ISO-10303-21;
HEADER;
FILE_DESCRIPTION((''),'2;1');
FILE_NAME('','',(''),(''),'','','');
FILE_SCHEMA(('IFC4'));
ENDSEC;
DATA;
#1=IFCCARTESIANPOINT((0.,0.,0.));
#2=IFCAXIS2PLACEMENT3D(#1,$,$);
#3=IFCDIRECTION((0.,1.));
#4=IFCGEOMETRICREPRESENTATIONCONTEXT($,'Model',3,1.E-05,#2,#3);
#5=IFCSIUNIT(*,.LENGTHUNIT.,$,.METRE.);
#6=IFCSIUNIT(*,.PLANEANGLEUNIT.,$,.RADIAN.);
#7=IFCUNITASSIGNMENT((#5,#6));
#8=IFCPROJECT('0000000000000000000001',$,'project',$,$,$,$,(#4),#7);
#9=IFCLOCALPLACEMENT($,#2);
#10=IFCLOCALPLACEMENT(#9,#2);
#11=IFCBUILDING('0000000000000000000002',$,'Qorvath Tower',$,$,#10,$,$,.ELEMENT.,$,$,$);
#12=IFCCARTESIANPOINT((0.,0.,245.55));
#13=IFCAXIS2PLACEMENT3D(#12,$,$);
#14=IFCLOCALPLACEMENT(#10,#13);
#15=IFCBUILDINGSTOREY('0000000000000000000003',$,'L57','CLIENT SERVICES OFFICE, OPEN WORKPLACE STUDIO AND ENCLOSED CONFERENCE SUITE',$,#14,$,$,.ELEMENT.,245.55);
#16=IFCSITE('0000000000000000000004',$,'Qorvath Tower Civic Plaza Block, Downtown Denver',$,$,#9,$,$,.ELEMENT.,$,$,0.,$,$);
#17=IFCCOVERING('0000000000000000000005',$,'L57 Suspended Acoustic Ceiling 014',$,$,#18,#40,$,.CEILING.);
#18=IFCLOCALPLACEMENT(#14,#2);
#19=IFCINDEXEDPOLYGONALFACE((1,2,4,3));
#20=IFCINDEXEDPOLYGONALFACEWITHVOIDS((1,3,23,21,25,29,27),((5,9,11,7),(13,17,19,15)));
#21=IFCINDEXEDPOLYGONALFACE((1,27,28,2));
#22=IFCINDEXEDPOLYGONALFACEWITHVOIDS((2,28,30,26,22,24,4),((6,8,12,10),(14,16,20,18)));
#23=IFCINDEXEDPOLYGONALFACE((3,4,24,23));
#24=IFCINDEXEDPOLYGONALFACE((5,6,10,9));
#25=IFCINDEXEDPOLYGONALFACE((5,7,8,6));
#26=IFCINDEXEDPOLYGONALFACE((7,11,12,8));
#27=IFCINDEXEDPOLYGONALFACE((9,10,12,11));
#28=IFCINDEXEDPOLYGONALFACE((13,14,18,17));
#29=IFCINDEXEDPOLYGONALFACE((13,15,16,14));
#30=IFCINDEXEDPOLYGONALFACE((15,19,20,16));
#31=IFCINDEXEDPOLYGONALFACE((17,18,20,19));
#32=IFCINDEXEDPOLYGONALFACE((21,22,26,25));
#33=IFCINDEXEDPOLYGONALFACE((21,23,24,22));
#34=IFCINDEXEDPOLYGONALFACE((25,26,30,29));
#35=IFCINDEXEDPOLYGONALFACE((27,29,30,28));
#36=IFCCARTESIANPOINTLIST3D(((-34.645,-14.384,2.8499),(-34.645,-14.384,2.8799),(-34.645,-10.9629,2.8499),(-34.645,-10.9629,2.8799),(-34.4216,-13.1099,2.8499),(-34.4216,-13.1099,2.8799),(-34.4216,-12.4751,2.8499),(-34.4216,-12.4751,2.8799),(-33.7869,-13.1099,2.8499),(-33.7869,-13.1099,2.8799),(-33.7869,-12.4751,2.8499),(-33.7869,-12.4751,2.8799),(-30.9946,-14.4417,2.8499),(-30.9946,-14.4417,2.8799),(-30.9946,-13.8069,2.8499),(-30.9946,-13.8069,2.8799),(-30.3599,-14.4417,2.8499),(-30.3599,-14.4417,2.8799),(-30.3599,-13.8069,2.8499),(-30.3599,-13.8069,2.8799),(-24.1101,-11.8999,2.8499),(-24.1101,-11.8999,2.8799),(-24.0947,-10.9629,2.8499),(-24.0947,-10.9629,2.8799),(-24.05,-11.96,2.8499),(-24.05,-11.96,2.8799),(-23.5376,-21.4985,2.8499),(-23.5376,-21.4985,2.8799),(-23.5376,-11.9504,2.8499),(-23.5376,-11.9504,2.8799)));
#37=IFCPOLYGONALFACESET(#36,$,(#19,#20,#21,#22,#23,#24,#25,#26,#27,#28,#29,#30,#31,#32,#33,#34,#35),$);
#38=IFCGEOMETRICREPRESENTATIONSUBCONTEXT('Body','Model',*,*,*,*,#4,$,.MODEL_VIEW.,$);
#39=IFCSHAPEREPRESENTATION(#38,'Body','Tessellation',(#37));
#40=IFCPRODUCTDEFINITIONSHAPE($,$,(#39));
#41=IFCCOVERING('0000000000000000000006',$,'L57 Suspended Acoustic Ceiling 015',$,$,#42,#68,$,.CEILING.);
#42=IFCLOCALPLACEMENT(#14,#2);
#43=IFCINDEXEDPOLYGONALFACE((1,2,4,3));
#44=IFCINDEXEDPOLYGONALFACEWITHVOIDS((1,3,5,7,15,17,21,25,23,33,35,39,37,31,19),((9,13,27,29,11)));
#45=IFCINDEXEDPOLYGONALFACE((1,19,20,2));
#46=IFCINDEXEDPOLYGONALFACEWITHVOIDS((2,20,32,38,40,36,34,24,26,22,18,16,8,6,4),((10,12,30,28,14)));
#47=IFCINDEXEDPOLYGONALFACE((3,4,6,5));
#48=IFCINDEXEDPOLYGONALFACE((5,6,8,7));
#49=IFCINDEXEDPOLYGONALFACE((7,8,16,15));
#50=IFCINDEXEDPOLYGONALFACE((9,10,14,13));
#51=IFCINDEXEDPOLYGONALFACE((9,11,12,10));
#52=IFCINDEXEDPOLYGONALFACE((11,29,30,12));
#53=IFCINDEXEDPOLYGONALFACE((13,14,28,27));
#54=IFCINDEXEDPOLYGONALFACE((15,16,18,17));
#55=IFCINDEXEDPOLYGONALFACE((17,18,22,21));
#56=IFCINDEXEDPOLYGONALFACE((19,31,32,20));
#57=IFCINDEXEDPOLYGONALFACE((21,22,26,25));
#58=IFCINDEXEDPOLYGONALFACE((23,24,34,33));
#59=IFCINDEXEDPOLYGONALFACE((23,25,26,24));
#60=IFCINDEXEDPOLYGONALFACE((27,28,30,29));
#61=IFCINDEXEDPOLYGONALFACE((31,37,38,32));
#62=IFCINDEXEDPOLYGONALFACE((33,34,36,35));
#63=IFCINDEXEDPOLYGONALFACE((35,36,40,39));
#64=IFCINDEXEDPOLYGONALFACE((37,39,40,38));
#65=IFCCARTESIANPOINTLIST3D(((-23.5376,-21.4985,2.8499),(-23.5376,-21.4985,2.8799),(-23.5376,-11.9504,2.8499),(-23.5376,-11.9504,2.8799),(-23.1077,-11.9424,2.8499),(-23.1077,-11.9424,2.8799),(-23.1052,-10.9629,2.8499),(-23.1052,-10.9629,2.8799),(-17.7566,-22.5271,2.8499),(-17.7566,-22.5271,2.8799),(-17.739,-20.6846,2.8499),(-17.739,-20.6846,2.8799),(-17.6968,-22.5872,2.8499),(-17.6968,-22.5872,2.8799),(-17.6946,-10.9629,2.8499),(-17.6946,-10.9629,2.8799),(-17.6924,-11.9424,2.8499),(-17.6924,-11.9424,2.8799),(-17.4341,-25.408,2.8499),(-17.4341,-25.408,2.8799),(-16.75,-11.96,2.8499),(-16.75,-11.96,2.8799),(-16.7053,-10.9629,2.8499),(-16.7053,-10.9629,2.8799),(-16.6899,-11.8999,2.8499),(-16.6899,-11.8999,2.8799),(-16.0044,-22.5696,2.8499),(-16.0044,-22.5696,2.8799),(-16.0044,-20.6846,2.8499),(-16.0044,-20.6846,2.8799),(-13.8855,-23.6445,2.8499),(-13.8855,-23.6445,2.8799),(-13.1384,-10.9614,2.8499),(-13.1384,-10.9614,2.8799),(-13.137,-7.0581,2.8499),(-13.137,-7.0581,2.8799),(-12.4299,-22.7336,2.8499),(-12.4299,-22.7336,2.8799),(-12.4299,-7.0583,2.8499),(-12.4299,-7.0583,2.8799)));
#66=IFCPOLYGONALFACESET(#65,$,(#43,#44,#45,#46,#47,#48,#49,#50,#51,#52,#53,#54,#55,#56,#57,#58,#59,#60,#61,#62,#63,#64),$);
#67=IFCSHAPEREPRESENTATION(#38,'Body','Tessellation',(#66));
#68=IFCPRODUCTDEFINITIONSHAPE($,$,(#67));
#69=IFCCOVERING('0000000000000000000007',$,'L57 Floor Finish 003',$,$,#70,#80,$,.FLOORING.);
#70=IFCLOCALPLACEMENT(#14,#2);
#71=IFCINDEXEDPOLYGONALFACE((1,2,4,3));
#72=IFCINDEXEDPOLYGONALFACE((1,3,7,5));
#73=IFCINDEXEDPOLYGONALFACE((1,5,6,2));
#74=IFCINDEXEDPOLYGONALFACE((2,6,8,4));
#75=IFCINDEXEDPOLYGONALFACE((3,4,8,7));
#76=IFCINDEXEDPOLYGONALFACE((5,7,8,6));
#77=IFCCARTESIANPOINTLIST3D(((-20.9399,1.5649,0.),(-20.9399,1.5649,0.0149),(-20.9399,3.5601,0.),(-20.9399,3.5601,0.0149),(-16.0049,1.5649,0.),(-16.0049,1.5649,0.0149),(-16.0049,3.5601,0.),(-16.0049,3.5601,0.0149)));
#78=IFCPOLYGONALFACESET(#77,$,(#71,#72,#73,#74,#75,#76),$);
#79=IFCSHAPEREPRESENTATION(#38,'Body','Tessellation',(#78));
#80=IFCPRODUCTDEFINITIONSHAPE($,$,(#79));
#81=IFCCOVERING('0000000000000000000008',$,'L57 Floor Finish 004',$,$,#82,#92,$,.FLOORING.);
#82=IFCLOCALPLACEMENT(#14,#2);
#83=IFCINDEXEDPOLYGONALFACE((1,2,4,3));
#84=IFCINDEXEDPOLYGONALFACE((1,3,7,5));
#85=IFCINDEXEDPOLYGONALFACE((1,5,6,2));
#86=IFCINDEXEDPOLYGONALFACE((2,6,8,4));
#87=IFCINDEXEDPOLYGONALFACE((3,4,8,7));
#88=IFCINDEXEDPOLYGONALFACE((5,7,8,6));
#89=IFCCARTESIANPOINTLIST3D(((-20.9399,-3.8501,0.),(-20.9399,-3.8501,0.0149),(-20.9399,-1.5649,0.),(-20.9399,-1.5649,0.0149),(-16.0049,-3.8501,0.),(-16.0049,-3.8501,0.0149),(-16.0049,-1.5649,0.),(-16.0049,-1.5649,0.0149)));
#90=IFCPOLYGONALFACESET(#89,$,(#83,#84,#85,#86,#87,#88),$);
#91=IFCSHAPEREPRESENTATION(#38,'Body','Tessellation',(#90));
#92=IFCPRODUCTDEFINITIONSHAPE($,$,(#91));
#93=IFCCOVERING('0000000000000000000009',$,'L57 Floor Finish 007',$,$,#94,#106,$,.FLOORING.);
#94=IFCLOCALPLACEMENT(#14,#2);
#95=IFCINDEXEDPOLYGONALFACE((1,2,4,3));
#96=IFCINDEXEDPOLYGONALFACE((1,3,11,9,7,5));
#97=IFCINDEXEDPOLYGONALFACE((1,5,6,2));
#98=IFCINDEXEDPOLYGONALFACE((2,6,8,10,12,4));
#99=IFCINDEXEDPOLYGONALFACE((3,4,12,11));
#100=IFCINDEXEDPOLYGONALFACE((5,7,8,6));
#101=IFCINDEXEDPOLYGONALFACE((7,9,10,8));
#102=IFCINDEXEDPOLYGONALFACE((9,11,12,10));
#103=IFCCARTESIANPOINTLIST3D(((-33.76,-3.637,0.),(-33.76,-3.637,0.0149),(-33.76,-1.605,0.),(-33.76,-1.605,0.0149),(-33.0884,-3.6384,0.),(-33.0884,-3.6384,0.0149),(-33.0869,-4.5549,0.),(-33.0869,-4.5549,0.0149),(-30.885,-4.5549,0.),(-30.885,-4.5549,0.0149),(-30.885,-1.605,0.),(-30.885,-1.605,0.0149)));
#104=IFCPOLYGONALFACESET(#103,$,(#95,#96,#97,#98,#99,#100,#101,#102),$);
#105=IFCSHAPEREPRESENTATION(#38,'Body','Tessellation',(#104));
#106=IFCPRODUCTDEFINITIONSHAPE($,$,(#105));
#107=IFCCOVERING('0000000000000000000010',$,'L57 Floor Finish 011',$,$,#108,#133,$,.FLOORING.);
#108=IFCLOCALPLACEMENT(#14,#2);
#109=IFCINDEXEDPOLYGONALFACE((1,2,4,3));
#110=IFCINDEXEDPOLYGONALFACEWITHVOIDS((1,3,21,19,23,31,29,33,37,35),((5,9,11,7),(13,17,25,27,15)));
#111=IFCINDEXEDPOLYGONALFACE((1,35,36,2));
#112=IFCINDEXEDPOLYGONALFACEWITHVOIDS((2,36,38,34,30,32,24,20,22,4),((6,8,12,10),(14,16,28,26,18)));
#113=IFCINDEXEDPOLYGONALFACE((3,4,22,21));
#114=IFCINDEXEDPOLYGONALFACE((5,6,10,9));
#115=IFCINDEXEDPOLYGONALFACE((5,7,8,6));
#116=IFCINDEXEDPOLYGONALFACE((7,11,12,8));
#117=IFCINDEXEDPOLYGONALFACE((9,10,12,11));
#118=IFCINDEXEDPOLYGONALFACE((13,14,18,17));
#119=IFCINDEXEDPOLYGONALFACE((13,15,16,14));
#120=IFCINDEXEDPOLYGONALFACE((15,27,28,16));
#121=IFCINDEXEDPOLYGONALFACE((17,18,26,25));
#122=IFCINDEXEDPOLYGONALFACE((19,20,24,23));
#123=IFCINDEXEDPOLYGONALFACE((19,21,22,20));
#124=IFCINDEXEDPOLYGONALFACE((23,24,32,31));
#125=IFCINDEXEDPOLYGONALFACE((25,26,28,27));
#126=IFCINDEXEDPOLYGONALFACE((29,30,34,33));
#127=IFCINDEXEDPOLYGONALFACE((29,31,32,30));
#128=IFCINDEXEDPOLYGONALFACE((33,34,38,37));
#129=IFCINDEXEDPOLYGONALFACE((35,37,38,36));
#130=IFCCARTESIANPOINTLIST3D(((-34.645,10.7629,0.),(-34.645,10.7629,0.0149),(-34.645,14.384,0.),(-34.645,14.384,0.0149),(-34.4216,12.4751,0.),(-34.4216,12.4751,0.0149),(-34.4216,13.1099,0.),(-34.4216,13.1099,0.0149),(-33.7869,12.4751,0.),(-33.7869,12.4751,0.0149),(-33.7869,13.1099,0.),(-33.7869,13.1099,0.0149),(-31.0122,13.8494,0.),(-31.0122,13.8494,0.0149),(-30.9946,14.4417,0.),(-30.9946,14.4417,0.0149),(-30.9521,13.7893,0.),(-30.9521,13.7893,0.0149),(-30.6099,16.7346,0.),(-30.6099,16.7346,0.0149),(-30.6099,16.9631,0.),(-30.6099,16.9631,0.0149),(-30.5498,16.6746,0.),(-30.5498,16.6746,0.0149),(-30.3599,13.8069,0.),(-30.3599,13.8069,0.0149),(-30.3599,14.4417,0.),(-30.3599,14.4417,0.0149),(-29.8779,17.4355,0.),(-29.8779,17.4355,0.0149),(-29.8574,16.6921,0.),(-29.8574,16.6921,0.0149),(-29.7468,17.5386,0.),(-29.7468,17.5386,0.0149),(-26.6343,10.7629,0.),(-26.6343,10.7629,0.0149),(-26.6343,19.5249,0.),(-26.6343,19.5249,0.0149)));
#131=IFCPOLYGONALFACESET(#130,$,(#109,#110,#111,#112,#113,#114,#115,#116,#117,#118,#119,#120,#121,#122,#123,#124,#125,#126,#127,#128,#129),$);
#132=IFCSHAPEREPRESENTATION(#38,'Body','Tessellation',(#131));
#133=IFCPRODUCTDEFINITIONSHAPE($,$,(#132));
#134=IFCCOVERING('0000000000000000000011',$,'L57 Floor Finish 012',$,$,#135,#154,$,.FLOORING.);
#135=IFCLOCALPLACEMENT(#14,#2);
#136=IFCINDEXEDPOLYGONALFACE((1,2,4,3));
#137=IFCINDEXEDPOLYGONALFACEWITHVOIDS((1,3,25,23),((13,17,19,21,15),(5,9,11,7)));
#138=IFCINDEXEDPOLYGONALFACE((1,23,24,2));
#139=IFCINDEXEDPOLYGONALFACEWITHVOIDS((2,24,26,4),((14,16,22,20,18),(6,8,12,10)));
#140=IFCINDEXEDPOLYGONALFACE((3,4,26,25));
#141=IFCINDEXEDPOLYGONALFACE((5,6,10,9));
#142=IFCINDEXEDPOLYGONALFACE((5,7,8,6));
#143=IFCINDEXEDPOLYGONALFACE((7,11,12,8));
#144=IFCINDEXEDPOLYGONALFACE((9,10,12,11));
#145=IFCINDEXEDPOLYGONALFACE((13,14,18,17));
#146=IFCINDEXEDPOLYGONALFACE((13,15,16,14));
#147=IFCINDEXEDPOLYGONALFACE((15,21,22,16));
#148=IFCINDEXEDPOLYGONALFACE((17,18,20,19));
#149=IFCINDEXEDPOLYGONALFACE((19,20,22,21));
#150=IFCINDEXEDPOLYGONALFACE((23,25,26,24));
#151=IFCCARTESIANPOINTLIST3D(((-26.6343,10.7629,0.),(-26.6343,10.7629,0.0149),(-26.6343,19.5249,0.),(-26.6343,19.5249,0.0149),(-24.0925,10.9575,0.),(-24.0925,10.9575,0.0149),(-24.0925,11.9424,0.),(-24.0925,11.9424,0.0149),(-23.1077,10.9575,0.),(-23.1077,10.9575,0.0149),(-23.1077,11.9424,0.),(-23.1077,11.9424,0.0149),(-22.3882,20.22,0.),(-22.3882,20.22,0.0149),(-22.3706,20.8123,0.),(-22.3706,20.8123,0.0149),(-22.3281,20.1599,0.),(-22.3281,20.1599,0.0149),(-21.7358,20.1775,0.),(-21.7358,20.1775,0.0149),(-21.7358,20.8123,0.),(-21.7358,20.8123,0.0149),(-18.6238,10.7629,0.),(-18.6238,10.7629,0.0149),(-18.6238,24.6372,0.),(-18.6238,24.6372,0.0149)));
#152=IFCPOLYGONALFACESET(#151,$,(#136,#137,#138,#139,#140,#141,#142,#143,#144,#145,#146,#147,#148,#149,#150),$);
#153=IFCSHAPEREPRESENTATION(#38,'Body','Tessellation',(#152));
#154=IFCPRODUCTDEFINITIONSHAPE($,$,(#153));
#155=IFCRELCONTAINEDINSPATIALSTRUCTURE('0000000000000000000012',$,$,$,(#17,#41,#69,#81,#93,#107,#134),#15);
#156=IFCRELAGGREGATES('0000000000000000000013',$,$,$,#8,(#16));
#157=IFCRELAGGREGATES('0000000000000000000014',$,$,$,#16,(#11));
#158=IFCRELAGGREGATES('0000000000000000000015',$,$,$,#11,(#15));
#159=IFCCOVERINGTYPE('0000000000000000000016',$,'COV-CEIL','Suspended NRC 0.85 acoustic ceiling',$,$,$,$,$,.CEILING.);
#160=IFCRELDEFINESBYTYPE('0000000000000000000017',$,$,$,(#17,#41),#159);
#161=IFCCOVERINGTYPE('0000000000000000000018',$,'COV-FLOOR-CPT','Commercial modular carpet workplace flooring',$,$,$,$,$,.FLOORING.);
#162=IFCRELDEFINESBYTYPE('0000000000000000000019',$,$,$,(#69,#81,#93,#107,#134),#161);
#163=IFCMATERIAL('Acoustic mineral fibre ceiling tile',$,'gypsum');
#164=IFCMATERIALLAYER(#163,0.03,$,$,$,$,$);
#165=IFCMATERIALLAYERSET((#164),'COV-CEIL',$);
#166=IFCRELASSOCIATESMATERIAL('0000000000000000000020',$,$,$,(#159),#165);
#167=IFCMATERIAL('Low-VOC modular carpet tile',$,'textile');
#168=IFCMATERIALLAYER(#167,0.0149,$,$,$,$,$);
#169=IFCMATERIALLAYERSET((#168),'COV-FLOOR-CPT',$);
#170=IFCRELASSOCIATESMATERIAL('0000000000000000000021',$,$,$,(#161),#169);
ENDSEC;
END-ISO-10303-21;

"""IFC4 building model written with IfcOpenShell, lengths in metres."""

from ifc_helpers import new_model, si_unit, direction, frame, origin, place, context, subcontext, project, spatial, polyline, outline, extrude, material, layer, layer_set, type_object, element, save


model = new_model("IFC4")

# Units and contexts
model_context = context("Model", 3, precision=1e-05, world=origin(), true_north=direction((0.0, 1.0)))
body_context = subcontext(model_context, "Body", "Model", "MODEL_VIEW")
ifc_project = project(units=[si_unit("LENGTHUNIT", "METRE"), si_unit("PLANEANGLEUNIT", "RADIAN")], contexts=[model_context])

# Site, building, storey
site_placement = place(None, origin())
site = spatial("IfcSite", under=ifc_project, at=site_placement, Name="Qorvath Tower Civic Plaza Block, Downtown Denver", CompositionType="ELEMENT", RefElevation=0.0)
building_placement = place(site_placement, origin())
building = spatial("IfcBuilding", under=site, at=building_placement, Name="Qorvath Tower", CompositionType="ELEMENT")
storey_placement = place(building_placement, frame((0.0, 0.0, 245.55)))
storey = spatial("IfcBuildingStorey", under=building, at=storey_placement, Name="L57", Description="CLIENT SERVICES OFFICE, OPEN WORKPLACE STUDIO AND ENCLOSED CONFERENCE SUITE", CompositionType="ELEMENT", Elevation=245.55)

# Coverings
ifc_material_1 = material(Name="Acoustic mineral fibre ceiling tile", Category="gypsum")
ifc_layer_1 = layer(ifc_material_1, 0.03)
ifc_layer_set_1 = layer_set([ifc_layer_1], Name="COV-CEIL")
covering_type_1 = type_object("IfcCoveringType", Name="COV-CEIL", Description="Suspended NRC 0.85 acoustic ceiling", PredefinedType="CEILING", material=ifc_layer_set_1)
covering_1_placement = place(storey_placement, frame((0.0, 0.0, 2.8499)))
element("IfcCovering", 1, at=covering_1_placement, inside=storey, type_object=covering_type_1, Name="L57 Suspended Acoustic Ceiling 014", PredefinedType="CEILING", context=body_context, shape_type="SweptSolid", body=[
    extrude(outline(polyline([(-34.645, -14.384), (-23.5376, -21.4985), (-23.5376, -11.9504), (-24.05, -11.96), (-24.1101, -11.8999), (-24.0947, -10.9629), (-34.645, -10.9629), (-34.645, -14.384)]), holes=[polyline([(-30.9946, -14.4417), (-30.9946, -13.8069), (-30.3599, -13.8069), (-30.3599, -14.4417), (-30.9946, -14.4417)]), polyline([(-34.4216, -13.1099), (-34.4216, -12.4751), (-33.7869, -12.4751), (-33.7869, -13.1099), (-34.4216, -13.1099)])]), origin(), (0.0, 0.0, 1.0), 0.03),
])
covering_2_placement = place(storey_placement, frame((0.0, 0.0, 2.8499)))
element("IfcCovering", 2, at=covering_2_placement, inside=storey, type_object=covering_type_1, Name="L57 Suspended Acoustic Ceiling 015", PredefinedType="CEILING", context=body_context, shape_type="SweptSolid", body=[
    extrude(outline(polyline([(-23.5376, -11.9504), (-23.5376, -21.4985), (-17.4341, -25.408), (-13.8855, -23.6445), (-12.4299, -22.7336), (-12.4299, -7.0583), (-13.137, -7.0581), (-13.1384, -10.9614), (-16.7053, -10.9629), (-16.6899, -11.8999), (-16.75, -11.96), (-17.6924, -11.9424), (-17.6946, -10.9629), (-23.1052, -10.9629), (-23.1077, -11.9424), (-23.5376, -11.9504)]), holes=[polyline([(-17.7566, -22.5271), (-17.739, -20.6846), (-16.0044, -20.6846), (-16.0044, -22.5696), (-17.6968, -22.5872), (-17.7566, -22.5271)])]), origin(), (0.0, 0.0, 1.0), 0.03),
])
ifc_material_2 = material(Name="Low-VOC modular carpet tile", Category="textile")
ifc_layer_2 = layer(ifc_material_2, 0.0149)
ifc_layer_set_2 = layer_set([ifc_layer_2], Name="COV-FLOOR-CPT")
covering_type_2 = type_object("IfcCoveringType", Name="COV-FLOOR-CPT", Description="Commercial modular carpet workplace flooring", PredefinedType="FLOORING", material=ifc_layer_set_2)
covering_3_placement = place(storey_placement, origin())
element("IfcCovering", 3, at=covering_3_placement, inside=storey, type_object=covering_type_2, Name="L57 Floor Finish 003", PredefinedType="FLOORING", context=body_context, shape_type="SweptSolid", body=[
    extrude(outline(polyline([(-16.0049, 3.5601), (-20.9399, 3.5601), (-20.9399, 1.5649), (-16.0049, 1.5649), (-16.0049, 3.5601)])), origin(), (0.0, 0.0, 1.0), 0.0149),
])
covering_4_placement = place(storey_placement, origin())
element("IfcCovering", 4, at=covering_4_placement, inside=storey, type_object=covering_type_2, Name="L57 Floor Finish 004", PredefinedType="FLOORING", context=body_context, shape_type="SweptSolid", body=[
    extrude(outline(polyline([(-20.9399, -1.5649), (-20.9399, -3.8501), (-16.0049, -3.8501), (-16.0049, -1.5649), (-20.9399, -1.5649)])), origin(), (0.0, 0.0, 1.0), 0.0149),
])
covering_5_placement = place(storey_placement, origin())
element("IfcCovering", 5, at=covering_5_placement, inside=storey, type_object=covering_type_2, Name="L57 Floor Finish 007", PredefinedType="FLOORING", context=body_context, shape_type="SweptSolid", body=[
    extrude(outline(polyline([(-30.885, -4.5549), (-30.885, -1.605), (-33.76, -1.605), (-33.76, -3.637), (-33.0884, -3.6384), (-33.0869, -4.5549), (-30.885, -4.5549)])), origin(), (0.0, 0.0, 1.0), 0.0149),
])
covering_6_placement = place(storey_placement, origin())
element("IfcCovering", 6, at=covering_6_placement, inside=storey, type_object=covering_type_2, Name="L57 Floor Finish 011", PredefinedType="FLOORING", context=body_context, shape_type="SweptSolid", body=[
    extrude(outline(polyline([(-30.6099, 16.7346), (-30.6099, 16.9631), (-34.645, 14.384), (-34.645, 10.7629), (-26.6343, 10.7629), (-26.6343, 19.5249), (-29.7468, 17.5386), (-29.8779, 17.4355), (-29.8574, 16.6921), (-30.5498, 16.6746), (-30.6099, 16.7346)]), holes=[polyline([(-31.0122, 13.8494), (-30.9946, 14.4417), (-30.3599, 14.4417), (-30.3599, 13.8069), (-30.9521, 13.7893), (-31.0122, 13.8494)]), polyline([(-34.4216, 12.4751), (-34.4216, 13.1099), (-33.7869, 13.1099), (-33.7869, 12.4751), (-34.4216, 12.4751)])]), origin(), (0.0, 0.0, 1.0), 0.0149),
])
covering_7_placement = place(storey_placement, origin())
element("IfcCovering", 7, at=covering_7_placement, inside=storey, type_object=covering_type_2, Name="L57 Floor Finish 012", PredefinedType="FLOORING", context=body_context, shape_type="SweptSolid", body=[
    extrude(outline(polyline([(-26.6343, 19.5249), (-26.6343, 10.7629), (-18.6238, 10.7629), (-18.6238, 24.6372), (-26.6343, 19.5249)]), holes=[polyline([(-22.3882, 20.22), (-22.3706, 20.8123), (-21.7358, 20.8123), (-21.7358, 20.1775), (-22.3281, 20.1599), (-22.3882, 20.22)]), polyline([(-24.0925, 10.9575), (-24.0925, 11.9424), (-23.1077, 11.9424), (-23.1077, 10.9575), (-24.0925, 10.9575)])]), origin(), (0.0, 0.0, 1.0), 0.0149),
])

save(model, "model.ifc")
